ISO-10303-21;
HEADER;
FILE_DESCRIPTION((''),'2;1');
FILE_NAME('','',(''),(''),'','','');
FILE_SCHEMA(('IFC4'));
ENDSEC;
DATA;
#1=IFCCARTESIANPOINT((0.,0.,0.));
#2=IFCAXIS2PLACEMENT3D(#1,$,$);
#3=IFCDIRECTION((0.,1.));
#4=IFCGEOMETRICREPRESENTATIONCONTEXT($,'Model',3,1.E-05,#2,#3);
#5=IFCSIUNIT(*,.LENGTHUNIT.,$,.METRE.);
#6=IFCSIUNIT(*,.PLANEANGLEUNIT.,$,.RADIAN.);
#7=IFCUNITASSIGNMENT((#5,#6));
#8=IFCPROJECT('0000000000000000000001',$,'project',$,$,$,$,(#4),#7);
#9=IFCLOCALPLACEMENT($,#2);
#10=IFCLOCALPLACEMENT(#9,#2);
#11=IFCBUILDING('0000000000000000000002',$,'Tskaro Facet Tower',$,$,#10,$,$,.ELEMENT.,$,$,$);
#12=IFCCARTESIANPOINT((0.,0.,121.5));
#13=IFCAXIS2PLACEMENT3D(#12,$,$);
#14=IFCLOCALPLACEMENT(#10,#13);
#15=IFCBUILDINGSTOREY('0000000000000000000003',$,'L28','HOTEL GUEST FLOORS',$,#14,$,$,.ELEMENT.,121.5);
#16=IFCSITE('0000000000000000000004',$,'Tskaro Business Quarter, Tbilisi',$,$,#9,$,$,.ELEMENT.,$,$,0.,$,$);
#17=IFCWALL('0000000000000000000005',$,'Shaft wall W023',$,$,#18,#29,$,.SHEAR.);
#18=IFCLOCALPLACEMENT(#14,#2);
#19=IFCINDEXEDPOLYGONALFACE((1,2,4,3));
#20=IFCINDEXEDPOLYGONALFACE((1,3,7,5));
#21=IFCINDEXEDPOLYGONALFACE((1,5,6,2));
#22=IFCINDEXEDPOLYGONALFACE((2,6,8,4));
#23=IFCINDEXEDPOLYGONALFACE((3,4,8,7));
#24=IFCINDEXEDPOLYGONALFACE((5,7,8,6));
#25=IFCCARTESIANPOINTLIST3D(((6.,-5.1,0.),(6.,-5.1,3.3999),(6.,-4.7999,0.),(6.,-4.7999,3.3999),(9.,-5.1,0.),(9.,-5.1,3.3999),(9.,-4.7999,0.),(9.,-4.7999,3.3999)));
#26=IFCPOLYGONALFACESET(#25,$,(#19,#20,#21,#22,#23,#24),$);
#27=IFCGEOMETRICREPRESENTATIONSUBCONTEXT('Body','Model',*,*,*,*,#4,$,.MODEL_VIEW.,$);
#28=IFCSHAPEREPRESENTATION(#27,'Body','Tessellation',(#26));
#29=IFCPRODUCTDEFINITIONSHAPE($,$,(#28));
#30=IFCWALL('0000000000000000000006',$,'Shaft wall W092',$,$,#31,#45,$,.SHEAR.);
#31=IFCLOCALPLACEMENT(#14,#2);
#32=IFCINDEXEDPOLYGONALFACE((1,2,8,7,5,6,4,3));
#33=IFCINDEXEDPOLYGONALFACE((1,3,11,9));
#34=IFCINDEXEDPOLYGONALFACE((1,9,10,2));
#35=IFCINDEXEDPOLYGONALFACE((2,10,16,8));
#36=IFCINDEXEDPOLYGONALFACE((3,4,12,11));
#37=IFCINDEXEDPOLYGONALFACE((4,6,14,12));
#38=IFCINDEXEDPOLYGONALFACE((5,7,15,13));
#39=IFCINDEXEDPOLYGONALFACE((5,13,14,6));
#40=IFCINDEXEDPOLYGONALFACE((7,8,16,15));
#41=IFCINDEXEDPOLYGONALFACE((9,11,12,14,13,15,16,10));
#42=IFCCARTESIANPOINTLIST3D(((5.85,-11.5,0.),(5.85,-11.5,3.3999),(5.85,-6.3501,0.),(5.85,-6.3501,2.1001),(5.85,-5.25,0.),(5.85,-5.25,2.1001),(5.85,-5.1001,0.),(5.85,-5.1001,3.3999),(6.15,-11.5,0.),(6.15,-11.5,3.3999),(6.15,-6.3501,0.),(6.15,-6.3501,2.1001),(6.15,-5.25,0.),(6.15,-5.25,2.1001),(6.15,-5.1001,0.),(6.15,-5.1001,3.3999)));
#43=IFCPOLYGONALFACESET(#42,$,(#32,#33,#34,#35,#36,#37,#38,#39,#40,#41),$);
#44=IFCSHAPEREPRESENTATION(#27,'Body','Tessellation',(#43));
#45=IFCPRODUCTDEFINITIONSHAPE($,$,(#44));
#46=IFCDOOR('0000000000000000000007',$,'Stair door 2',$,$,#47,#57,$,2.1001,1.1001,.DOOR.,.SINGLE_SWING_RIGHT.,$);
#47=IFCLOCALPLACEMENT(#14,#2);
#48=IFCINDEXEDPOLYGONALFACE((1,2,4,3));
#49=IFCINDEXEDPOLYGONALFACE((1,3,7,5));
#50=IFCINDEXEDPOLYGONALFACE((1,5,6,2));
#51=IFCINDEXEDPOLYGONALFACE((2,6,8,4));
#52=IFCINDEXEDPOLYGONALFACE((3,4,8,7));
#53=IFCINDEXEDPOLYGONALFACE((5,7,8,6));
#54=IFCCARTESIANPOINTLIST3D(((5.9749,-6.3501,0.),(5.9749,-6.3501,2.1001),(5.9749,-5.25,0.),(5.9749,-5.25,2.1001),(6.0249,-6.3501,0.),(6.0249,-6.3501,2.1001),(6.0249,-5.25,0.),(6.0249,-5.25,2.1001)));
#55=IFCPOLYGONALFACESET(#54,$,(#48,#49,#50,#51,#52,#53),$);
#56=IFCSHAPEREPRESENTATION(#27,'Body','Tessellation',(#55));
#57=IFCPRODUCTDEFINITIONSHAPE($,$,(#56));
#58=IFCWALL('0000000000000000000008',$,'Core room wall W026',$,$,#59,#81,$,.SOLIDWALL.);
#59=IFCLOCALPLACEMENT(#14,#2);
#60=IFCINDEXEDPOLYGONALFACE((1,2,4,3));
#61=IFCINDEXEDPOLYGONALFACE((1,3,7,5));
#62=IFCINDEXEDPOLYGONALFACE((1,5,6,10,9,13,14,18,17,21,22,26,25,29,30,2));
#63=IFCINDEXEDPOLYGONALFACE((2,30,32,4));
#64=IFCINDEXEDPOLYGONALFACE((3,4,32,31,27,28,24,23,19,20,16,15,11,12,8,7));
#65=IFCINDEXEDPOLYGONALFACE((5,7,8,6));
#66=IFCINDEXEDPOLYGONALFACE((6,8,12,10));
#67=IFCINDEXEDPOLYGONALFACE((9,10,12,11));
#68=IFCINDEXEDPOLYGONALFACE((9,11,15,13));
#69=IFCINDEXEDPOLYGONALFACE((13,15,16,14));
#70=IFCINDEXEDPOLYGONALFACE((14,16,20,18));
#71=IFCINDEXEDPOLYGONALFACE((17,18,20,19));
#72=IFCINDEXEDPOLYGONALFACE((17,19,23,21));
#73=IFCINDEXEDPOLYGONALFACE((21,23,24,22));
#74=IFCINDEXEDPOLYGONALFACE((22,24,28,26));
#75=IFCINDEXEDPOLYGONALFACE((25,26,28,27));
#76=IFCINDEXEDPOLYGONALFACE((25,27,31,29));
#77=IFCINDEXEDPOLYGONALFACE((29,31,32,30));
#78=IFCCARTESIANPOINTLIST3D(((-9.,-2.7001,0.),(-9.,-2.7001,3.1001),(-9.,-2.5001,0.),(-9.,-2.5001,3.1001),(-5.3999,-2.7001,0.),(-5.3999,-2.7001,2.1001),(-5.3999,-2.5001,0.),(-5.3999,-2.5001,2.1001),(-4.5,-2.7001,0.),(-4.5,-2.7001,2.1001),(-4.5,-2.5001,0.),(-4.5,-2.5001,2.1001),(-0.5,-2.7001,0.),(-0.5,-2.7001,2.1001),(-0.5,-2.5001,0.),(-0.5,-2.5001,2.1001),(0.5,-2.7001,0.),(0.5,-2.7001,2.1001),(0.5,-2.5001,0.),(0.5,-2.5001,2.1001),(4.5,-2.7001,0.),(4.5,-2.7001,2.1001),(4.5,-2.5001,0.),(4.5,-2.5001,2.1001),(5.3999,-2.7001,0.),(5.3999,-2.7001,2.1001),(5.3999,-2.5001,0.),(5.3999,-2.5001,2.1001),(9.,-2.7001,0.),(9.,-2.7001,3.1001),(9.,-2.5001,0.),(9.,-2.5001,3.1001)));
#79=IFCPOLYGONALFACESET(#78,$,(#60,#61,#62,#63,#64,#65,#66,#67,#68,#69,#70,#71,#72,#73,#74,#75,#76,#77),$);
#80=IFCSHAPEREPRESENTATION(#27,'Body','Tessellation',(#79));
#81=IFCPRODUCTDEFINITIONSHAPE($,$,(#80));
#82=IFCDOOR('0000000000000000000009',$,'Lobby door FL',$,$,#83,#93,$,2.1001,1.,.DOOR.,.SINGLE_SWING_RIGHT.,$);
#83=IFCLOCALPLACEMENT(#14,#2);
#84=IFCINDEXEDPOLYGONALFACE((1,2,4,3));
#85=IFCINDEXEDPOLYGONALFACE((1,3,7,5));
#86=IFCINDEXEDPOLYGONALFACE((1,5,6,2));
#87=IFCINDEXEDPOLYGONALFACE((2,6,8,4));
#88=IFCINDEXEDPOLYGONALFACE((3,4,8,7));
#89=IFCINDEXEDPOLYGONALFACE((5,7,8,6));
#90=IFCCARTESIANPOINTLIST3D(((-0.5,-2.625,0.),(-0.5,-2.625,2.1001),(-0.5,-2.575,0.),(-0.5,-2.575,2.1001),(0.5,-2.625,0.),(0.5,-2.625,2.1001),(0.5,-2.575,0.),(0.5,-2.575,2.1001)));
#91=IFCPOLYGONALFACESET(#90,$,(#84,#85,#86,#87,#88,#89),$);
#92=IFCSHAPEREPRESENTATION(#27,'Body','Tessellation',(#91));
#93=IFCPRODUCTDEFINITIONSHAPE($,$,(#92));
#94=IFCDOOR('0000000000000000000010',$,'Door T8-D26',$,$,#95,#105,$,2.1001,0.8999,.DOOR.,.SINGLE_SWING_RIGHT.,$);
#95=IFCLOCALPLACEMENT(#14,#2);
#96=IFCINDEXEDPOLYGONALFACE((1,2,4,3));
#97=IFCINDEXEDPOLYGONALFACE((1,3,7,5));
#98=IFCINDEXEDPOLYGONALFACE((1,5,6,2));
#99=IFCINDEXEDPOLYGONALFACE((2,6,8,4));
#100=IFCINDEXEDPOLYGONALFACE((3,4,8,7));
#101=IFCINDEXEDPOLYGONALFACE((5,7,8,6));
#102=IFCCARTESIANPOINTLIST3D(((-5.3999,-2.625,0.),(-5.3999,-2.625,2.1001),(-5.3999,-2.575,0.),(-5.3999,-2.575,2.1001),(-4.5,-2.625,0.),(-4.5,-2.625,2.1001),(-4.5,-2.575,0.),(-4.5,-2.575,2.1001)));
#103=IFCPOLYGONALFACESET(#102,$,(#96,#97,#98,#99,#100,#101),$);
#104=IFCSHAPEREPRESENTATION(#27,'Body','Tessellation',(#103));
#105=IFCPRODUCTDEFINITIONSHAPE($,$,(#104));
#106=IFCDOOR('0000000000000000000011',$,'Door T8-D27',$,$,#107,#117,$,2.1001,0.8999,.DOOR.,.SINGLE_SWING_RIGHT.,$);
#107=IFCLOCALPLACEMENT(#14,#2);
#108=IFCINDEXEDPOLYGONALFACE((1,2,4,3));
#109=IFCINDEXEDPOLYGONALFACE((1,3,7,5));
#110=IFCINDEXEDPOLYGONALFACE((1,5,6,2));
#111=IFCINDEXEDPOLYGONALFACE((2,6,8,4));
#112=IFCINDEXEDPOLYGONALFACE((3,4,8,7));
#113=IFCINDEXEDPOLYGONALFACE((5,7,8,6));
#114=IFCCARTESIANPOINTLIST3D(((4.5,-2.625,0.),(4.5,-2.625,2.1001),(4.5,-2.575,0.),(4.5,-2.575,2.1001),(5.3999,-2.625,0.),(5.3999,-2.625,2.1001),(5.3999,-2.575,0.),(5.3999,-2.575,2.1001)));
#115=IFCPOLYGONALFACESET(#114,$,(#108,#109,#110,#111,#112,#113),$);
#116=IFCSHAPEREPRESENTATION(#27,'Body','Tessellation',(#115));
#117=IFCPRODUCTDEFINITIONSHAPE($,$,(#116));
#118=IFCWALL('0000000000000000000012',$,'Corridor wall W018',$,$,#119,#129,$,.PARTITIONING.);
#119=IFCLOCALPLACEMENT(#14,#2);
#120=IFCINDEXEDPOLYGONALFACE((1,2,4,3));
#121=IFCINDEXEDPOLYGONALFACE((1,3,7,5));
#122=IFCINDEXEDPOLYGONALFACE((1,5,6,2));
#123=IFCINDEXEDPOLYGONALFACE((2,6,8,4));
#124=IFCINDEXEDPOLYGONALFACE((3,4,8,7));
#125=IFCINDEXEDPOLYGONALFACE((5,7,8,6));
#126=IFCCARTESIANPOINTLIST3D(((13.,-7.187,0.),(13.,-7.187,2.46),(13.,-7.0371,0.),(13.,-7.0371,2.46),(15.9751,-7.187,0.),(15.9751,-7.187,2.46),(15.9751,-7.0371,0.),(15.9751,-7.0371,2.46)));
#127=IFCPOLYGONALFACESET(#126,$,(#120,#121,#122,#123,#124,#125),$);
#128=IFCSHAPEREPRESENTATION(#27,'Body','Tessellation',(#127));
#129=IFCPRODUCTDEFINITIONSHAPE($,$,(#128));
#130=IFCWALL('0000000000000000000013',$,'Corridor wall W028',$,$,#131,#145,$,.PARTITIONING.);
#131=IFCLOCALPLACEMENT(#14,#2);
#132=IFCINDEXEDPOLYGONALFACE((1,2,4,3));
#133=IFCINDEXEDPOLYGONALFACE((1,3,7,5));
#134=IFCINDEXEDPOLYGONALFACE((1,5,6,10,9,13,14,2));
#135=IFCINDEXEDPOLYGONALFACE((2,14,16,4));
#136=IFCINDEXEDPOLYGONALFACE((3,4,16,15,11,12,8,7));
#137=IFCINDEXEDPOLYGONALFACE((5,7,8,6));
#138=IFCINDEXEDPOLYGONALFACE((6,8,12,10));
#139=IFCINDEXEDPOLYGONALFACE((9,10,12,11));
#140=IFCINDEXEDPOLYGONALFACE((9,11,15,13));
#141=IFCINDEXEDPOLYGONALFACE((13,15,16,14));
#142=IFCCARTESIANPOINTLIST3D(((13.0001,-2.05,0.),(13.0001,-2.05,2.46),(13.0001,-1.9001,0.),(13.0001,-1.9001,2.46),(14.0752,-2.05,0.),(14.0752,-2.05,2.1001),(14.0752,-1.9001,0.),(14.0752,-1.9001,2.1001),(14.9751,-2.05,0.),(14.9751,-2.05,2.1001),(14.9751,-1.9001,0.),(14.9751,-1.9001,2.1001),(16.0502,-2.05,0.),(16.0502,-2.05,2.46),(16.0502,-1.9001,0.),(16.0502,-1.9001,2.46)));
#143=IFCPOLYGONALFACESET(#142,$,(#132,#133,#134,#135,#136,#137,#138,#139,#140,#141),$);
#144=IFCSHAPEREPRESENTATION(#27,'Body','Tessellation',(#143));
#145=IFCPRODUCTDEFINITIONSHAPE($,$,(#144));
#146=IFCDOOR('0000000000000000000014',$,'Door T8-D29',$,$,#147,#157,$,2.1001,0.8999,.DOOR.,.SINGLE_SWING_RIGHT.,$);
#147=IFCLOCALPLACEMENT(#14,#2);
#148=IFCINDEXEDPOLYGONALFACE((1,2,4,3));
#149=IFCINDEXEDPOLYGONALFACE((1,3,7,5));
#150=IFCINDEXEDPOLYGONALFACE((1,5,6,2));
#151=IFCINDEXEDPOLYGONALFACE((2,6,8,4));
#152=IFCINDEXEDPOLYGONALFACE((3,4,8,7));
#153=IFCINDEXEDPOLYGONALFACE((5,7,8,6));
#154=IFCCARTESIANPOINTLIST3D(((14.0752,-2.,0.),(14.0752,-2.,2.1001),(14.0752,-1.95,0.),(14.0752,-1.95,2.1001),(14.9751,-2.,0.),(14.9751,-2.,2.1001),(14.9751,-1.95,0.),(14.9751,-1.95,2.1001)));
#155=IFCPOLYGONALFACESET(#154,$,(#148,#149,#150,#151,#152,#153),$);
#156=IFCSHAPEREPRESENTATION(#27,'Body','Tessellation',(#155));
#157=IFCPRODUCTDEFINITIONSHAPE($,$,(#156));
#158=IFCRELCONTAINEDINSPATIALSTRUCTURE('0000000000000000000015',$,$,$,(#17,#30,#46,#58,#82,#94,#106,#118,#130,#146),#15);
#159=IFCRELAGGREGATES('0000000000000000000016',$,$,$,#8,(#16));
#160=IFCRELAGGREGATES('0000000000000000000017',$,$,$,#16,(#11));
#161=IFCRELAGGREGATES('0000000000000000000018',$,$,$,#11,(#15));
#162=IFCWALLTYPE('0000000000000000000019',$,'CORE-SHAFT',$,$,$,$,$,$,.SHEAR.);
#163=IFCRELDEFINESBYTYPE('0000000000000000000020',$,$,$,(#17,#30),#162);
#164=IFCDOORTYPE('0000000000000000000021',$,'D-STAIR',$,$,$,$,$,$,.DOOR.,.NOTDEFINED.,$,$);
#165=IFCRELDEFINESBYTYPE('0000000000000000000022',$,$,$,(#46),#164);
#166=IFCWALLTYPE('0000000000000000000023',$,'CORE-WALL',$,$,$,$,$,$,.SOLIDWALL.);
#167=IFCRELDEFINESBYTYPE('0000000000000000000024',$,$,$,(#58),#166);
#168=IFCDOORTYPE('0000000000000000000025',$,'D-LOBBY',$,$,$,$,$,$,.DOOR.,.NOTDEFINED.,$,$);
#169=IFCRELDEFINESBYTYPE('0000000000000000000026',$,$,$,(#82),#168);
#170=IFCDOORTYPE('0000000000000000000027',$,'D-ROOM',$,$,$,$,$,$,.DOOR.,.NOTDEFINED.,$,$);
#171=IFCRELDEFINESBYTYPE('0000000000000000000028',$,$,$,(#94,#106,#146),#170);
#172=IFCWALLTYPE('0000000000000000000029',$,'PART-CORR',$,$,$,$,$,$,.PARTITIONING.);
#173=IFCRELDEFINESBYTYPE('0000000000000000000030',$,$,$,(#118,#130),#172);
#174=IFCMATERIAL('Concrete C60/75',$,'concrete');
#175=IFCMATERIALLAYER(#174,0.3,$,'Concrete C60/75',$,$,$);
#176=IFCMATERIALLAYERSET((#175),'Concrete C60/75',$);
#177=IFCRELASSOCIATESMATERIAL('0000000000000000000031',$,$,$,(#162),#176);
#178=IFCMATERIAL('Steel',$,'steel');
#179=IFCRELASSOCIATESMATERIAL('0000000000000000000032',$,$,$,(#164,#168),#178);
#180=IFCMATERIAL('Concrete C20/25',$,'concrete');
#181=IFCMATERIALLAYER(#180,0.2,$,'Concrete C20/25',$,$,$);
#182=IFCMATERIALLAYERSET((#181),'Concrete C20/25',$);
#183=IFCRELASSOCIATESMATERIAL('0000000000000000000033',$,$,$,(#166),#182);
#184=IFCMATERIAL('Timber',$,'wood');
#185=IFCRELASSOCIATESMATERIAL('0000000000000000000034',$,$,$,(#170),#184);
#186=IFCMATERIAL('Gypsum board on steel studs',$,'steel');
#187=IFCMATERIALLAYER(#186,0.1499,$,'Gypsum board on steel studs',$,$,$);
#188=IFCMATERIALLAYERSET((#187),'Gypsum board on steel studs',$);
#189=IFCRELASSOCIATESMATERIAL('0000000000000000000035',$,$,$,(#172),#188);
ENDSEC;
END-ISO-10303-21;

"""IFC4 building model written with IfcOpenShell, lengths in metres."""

from ifc_helpers import new_model, si_unit, direction, frame, frame_2d, origin, place, context, subcontext, project, spatial, rectangle, extrude, material, layer, layer_set, type_object, element, fill, save


model = new_model("IFC4")

# Units and contexts
model_context = context("Model", 3, precision=1e-05, world=origin(), true_north=direction((0.0, 1.0)))
body_context = subcontext(model_context, "Body", "Model", "MODEL_VIEW")
ifc_project = project(units=[si_unit("LENGTHUNIT", "METRE"), si_unit("PLANEANGLEUNIT", "RADIAN")], contexts=[model_context])

# Site, building, storey
site_placement = place(None, origin())
site = spatial("IfcSite", under=ifc_project, at=site_placement, Name="Tskaro Business Quarter, Tbilisi", CompositionType="ELEMENT", RefElevation=0.0)
building_placement = place(site_placement, origin())
building = spatial("IfcBuilding", under=site, at=building_placement, Name="Tskaro Facet Tower", CompositionType="ELEMENT")
storey_placement = place(building_placement, frame((0.0, 0.0, 121.5)))
storey = spatial("IfcBuildingStorey", under=building, at=storey_placement, Name="L28", Description="HOTEL GUEST FLOORS", CompositionType="ELEMENT", Elevation=121.5)

# Wall
ifc_material_1 = material(Name="Concrete C60/75", Category="concrete")
ifc_layer_1 = layer(ifc_material_1, 0.3, Name="Concrete C60/75")
ifc_layer_set_1 = layer_set([ifc_layer_1], Name="Concrete C60/75")
wall_type_1 = type_object("IfcWallType", Name="CORE-SHAFT", PredefinedType="SHEAR", material=ifc_layer_set_1)
wall_1_placement = place(storey_placement, frame((6.0, -4.95, 0.0), z_axis=(0.0, 0.0, 1.0), x_axis=(1.0, 0.0, 0.0)))
element("IfcWall", 1, at=wall_1_placement, inside=storey, type_object=wall_type_1, Name="Shaft wall W023", PredefinedType="SHEAR", context=body_context, shape_type="SweptSolid", body=[
    extrude(rectangle(XDim=3.0, YDim=0.3, at=frame_2d((1.5, 0.0))), origin(), (0.0, 0.0, 1.0), 3.3999),
])

# Wall, opening, door
wall_2_placement = place(storey_placement, frame((6.0, -5.1001, 0.0), z_axis=(0.0, 0.0, 1.0), x_axis=(0.0, -1.0, 0.0)))
wall_2 = element("IfcWall", 2, at=wall_2_placement, inside=storey, type_object=wall_type_1, Name="Shaft wall W092", PredefinedType="SHEAR", context=body_context, shape_type="SweptSolid", body=[
    extrude(rectangle(XDim=6.3999, YDim=0.3, at=frame_2d((3.2, 0.0))), origin(), (0.0, 0.0, 1.0), 3.3999),
])
opening_1_placement = place(wall_2_placement, frame((0.1499, 0.0, 0.0)))
opening_1 = element("IfcOpeningElement", 3, at=opening_1_placement, cuts=wall_2, PredefinedType="OPENING", context=body_context, shape_type="SweptSolid", body=[
    extrude(rectangle(XDim=1.1001, YDim=2.1001, at=frame_2d((0.55, 1.05))), frame((0.0, 0.1599, 0.0), z_axis=(0.0, -1.0, 0.0), x_axis=(1.0, 0.0, 0.0)), (0.0, 0.0, 1.0), 0.3201),
])
ifc_material_2 = material(Name="Steel", Category="steel")
door_type_1 = type_object("IfcDoorType", Name="D-STAIR", OperationType="NOTDEFINED", PredefinedType="DOOR", material=ifc_material_2)
door_1_placement = place(opening_1_placement, origin())
door_1 = element("IfcDoor", 4, at=door_1_placement, inside=storey, type_object=door_type_1, Name="Stair door 2", OperationType="SINGLE_SWING_RIGHT", OverallHeight=2.1001, OverallWidth=1.1001, PredefinedType="DOOR", context=body_context, shape_type="SweptSolid", body=[
    extrude(rectangle(XDim=1.1001, YDim=2.1001, at=frame_2d((0.55, 1.05))), frame((0.0, 0.0249, 0.0), z_axis=(0.0, -1.0, 0.0), x_axis=(1.0, 0.0, 0.0)), (0.0, 0.0, 1.0), 0.05),
])
fill(opening_1, door_1)

# Wall, openings, doors
ifc_material_3 = material(Name="Concrete C20/25", Category="concrete")
ifc_layer_2 = layer(ifc_material_3, 0.2, Name="Concrete C20/25")
ifc_layer_set_2 = layer_set([ifc_layer_2], Name="Concrete C20/25")
wall_type_2 = type_object("IfcWallType", Name="CORE-WALL", PredefinedType="SOLIDWALL", material=ifc_layer_set_2)
wall_3_placement = place(storey_placement, frame((9.0, -2.6001, 0.0), z_axis=(0.0, 0.0, 1.0), x_axis=(-1.0, 0.0, 0.0)))
wall_3 = element("IfcWall", 5, at=wall_3_placement, inside=storey, type_object=wall_type_2, Name="Core room wall W026", PredefinedType="SOLIDWALL", context=body_context, shape_type="SweptSolid", body=[
    extrude(rectangle(XDim=18.0, YDim=0.2, at=frame_2d((9.0, 0.0))), origin(), (0.0, 0.0, 1.0), 3.1001),
])
opening_2_placement = place(wall_3_placement, frame((8.5, 0.0, 0.0)))
opening_2 = element("IfcOpeningElement", 6, at=opening_2_placement, cuts=wall_3, PredefinedType="OPENING", context=body_context, shape_type="SweptSolid", body=[
    extrude(rectangle(XDim=1.0, YDim=2.1001, at=frame_2d((0.5, 1.05))), frame((0.0, 0.1099, 0.0), z_axis=(0.0, -1.0, 0.0), x_axis=(1.0, 0.0, 0.0)), (0.0, 0.0, 1.0), 0.22),
])
opening_3_placement = place(wall_3_placement, frame((13.5, 0.0, 0.0)))
opening_3 = element("IfcOpeningElement", 7, at=opening_3_placement, cuts=wall_3, PredefinedType="OPENING", context=body_context, shape_type="SweptSolid", body=[
    extrude(rectangle(XDim=0.8999, YDim=2.1001, at=frame_2d((0.45, 1.05))), frame((0.0, 0.1099, 0.0), z_axis=(0.0, -1.0, 0.0), x_axis=(1.0, 0.0, 0.0)), (0.0, 0.0, 1.0), 0.22),
])
opening_4_placement = place(wall_3_placement, frame((3.6001, 0.0, 0.0)))
opening_4 = element("IfcOpeningElement", 8, at=opening_4_placement, cuts=wall_3, PredefinedType="OPENING", context=body_context, shape_type="SweptSolid", body=[
    extrude(rectangle(XDim=0.8999, YDim=2.1001, at=frame_2d((0.45, 1.05))), frame((0.0, 0.1099, 0.0), z_axis=(0.0, -1.0, 0.0), x_axis=(1.0, 0.0, 0.0)), (0.0, 0.0, 1.0), 0.22),
])
door_type_2 = type_object("IfcDoorType", Name="D-LOBBY", OperationType="NOTDEFINED", PredefinedType="DOOR", material=ifc_material_2)
door_2_placement = place(opening_2_placement, origin())
door_2 = element("IfcDoor", 9, at=door_2_placement, inside=storey, type_object=door_type_2, Name="Lobby door FL", OperationType="SINGLE_SWING_RIGHT", OverallHeight=2.1001, OverallWidth=1.0, PredefinedType="DOOR", context=body_context, shape_type="SweptSolid", body=[
    extrude(rectangle(XDim=1.0, YDim=2.1001, at=frame_2d((0.5, 1.05))), frame((0.0, 0.0249, 0.0), z_axis=(0.0, -1.0, 0.0), x_axis=(1.0, 0.0, 0.0)), (0.0, 0.0, 1.0), 0.05),
])
fill(opening_2, door_2)
ifc_material_4 = material(Name="Timber", Category="wood")
door_type_3 = type_object("IfcDoorType", Name="D-ROOM", OperationType="NOTDEFINED", PredefinedType="DOOR", material=ifc_material_4)
door_3_placement = place(opening_3_placement, origin())
door_3 = element("IfcDoor", 10, at=door_3_placement, inside=storey, type_object=door_type_3, Name="Door T8-D26", OperationType="SINGLE_SWING_RIGHT", OverallHeight=2.1001, OverallWidth=0.8999, PredefinedType="DOOR", context=body_context, shape_type="SweptSolid", body=[
    extrude(rectangle(XDim=0.8999, YDim=2.1001, at=frame_2d((0.45, 1.05))), frame((0.0, 0.0249, 0.0), z_axis=(0.0, -1.0, 0.0), x_axis=(1.0, 0.0, 0.0)), (0.0, 0.0, 1.0), 0.05),
])
fill(opening_3, door_3)
door_4_placement = place(opening_4_placement, origin())
door_4 = element("IfcDoor", 11, at=door_4_placement, inside=storey, type_object=door_type_3, Name="Door T8-D27", OperationType="SINGLE_SWING_RIGHT", OverallHeight=2.1001, OverallWidth=0.8999, PredefinedType="DOOR", context=body_context, shape_type="SweptSolid", body=[
    extrude(rectangle(XDim=0.8999, YDim=2.1001, at=frame_2d((0.45, 1.05))), frame((0.0, 0.0249, 0.0), z_axis=(0.0, -1.0, 0.0), x_axis=(1.0, 0.0, 0.0)), (0.0, 0.0, 1.0), 0.05),
])
fill(opening_4, door_4)

# Wall
ifc_material_5 = material(Name="Gypsum board on steel studs", Category="steel")
ifc_layer_3 = layer(ifc_material_5, 0.1499, Name="Gypsum board on steel studs")
ifc_layer_set_3 = layer_set([ifc_layer_3], Name="Gypsum board on steel studs")
wall_type_3 = type_object("IfcWallType", Name="PART-CORR", PredefinedType="PARTITIONING", material=ifc_layer_set_3)
wall_4_placement = place(storey_placement, frame((13.0, -7.1121, 0.0), z_axis=(0.0, 0.0, 1.0), x_axis=(1.0, 0.0, 0.0)))
element("IfcWall", 12, at=wall_4_placement, inside=storey, type_object=wall_type_3, Name="Corridor wall W018", PredefinedType="PARTITIONING", context=body_context, shape_type="SweptSolid", body=[
    extrude(rectangle(XDim=2.9751, YDim=0.1499, at=frame_2d((1.4875, 0.0))), origin(), (0.0, 0.0, 1.0), 2.46),
])

# Wall, opening, door
wall_5_placement = place(storey_placement, frame((16.05, -1.9751, 0.0), z_axis=(0.0, 0.0, 1.0), x_axis=(-1.0, 0.0, 0.0)))
wall_5 = element("IfcWall", 13, at=wall_5_placement, inside=storey, type_object=wall_type_3, Name="Corridor wall W028", PredefinedType="PARTITIONING", context=body_context, shape_type="SweptSolid", body=[
    extrude(rectangle(XDim=3.05, YDim=0.1499, at=frame_2d((1.5249, 0.0))), origin(), (0.0, 0.0, 1.0), 2.46),
])
opening_5_placement = place(wall_5_placement, frame((1.075, 0.0, 0.0)))
opening_5 = element("IfcOpeningElement", 14, at=opening_5_placement, cuts=wall_5, PredefinedType="OPENING", context=body_context, shape_type="SweptSolid", body=[
    extrude(rectangle(XDim=0.8999, YDim=2.1001, at=frame_2d((0.45, 1.05))), frame((0.0, 0.085, 0.0), z_axis=(0.0, -1.0, 0.0), x_axis=(1.0, 0.0, 0.0)), (0.0, 0.0, 1.0), 0.1699),
])
door_5_placement = place(opening_5_placement, origin())
door_5 = element("IfcDoor", 15, at=door_5_placement, inside=storey, type_object=door_type_3, Name="Door T8-D29", OperationType="SINGLE_SWING_RIGHT", OverallHeight=2.1001, OverallWidth=0.8999, PredefinedType="DOOR", context=body_context, shape_type="SweptSolid", body=[
    extrude(rectangle(XDim=0.8999, YDim=2.1001, at=frame_2d((0.45, 1.05))), frame((0.0, 0.0249, 0.0), z_axis=(0.0, -1.0, 0.0), x_axis=(1.0, 0.0, 0.0)), (0.0, 0.0, 1.0), 0.05),
])
fill(opening_5, door_5)

save(model, "model.ifc")
